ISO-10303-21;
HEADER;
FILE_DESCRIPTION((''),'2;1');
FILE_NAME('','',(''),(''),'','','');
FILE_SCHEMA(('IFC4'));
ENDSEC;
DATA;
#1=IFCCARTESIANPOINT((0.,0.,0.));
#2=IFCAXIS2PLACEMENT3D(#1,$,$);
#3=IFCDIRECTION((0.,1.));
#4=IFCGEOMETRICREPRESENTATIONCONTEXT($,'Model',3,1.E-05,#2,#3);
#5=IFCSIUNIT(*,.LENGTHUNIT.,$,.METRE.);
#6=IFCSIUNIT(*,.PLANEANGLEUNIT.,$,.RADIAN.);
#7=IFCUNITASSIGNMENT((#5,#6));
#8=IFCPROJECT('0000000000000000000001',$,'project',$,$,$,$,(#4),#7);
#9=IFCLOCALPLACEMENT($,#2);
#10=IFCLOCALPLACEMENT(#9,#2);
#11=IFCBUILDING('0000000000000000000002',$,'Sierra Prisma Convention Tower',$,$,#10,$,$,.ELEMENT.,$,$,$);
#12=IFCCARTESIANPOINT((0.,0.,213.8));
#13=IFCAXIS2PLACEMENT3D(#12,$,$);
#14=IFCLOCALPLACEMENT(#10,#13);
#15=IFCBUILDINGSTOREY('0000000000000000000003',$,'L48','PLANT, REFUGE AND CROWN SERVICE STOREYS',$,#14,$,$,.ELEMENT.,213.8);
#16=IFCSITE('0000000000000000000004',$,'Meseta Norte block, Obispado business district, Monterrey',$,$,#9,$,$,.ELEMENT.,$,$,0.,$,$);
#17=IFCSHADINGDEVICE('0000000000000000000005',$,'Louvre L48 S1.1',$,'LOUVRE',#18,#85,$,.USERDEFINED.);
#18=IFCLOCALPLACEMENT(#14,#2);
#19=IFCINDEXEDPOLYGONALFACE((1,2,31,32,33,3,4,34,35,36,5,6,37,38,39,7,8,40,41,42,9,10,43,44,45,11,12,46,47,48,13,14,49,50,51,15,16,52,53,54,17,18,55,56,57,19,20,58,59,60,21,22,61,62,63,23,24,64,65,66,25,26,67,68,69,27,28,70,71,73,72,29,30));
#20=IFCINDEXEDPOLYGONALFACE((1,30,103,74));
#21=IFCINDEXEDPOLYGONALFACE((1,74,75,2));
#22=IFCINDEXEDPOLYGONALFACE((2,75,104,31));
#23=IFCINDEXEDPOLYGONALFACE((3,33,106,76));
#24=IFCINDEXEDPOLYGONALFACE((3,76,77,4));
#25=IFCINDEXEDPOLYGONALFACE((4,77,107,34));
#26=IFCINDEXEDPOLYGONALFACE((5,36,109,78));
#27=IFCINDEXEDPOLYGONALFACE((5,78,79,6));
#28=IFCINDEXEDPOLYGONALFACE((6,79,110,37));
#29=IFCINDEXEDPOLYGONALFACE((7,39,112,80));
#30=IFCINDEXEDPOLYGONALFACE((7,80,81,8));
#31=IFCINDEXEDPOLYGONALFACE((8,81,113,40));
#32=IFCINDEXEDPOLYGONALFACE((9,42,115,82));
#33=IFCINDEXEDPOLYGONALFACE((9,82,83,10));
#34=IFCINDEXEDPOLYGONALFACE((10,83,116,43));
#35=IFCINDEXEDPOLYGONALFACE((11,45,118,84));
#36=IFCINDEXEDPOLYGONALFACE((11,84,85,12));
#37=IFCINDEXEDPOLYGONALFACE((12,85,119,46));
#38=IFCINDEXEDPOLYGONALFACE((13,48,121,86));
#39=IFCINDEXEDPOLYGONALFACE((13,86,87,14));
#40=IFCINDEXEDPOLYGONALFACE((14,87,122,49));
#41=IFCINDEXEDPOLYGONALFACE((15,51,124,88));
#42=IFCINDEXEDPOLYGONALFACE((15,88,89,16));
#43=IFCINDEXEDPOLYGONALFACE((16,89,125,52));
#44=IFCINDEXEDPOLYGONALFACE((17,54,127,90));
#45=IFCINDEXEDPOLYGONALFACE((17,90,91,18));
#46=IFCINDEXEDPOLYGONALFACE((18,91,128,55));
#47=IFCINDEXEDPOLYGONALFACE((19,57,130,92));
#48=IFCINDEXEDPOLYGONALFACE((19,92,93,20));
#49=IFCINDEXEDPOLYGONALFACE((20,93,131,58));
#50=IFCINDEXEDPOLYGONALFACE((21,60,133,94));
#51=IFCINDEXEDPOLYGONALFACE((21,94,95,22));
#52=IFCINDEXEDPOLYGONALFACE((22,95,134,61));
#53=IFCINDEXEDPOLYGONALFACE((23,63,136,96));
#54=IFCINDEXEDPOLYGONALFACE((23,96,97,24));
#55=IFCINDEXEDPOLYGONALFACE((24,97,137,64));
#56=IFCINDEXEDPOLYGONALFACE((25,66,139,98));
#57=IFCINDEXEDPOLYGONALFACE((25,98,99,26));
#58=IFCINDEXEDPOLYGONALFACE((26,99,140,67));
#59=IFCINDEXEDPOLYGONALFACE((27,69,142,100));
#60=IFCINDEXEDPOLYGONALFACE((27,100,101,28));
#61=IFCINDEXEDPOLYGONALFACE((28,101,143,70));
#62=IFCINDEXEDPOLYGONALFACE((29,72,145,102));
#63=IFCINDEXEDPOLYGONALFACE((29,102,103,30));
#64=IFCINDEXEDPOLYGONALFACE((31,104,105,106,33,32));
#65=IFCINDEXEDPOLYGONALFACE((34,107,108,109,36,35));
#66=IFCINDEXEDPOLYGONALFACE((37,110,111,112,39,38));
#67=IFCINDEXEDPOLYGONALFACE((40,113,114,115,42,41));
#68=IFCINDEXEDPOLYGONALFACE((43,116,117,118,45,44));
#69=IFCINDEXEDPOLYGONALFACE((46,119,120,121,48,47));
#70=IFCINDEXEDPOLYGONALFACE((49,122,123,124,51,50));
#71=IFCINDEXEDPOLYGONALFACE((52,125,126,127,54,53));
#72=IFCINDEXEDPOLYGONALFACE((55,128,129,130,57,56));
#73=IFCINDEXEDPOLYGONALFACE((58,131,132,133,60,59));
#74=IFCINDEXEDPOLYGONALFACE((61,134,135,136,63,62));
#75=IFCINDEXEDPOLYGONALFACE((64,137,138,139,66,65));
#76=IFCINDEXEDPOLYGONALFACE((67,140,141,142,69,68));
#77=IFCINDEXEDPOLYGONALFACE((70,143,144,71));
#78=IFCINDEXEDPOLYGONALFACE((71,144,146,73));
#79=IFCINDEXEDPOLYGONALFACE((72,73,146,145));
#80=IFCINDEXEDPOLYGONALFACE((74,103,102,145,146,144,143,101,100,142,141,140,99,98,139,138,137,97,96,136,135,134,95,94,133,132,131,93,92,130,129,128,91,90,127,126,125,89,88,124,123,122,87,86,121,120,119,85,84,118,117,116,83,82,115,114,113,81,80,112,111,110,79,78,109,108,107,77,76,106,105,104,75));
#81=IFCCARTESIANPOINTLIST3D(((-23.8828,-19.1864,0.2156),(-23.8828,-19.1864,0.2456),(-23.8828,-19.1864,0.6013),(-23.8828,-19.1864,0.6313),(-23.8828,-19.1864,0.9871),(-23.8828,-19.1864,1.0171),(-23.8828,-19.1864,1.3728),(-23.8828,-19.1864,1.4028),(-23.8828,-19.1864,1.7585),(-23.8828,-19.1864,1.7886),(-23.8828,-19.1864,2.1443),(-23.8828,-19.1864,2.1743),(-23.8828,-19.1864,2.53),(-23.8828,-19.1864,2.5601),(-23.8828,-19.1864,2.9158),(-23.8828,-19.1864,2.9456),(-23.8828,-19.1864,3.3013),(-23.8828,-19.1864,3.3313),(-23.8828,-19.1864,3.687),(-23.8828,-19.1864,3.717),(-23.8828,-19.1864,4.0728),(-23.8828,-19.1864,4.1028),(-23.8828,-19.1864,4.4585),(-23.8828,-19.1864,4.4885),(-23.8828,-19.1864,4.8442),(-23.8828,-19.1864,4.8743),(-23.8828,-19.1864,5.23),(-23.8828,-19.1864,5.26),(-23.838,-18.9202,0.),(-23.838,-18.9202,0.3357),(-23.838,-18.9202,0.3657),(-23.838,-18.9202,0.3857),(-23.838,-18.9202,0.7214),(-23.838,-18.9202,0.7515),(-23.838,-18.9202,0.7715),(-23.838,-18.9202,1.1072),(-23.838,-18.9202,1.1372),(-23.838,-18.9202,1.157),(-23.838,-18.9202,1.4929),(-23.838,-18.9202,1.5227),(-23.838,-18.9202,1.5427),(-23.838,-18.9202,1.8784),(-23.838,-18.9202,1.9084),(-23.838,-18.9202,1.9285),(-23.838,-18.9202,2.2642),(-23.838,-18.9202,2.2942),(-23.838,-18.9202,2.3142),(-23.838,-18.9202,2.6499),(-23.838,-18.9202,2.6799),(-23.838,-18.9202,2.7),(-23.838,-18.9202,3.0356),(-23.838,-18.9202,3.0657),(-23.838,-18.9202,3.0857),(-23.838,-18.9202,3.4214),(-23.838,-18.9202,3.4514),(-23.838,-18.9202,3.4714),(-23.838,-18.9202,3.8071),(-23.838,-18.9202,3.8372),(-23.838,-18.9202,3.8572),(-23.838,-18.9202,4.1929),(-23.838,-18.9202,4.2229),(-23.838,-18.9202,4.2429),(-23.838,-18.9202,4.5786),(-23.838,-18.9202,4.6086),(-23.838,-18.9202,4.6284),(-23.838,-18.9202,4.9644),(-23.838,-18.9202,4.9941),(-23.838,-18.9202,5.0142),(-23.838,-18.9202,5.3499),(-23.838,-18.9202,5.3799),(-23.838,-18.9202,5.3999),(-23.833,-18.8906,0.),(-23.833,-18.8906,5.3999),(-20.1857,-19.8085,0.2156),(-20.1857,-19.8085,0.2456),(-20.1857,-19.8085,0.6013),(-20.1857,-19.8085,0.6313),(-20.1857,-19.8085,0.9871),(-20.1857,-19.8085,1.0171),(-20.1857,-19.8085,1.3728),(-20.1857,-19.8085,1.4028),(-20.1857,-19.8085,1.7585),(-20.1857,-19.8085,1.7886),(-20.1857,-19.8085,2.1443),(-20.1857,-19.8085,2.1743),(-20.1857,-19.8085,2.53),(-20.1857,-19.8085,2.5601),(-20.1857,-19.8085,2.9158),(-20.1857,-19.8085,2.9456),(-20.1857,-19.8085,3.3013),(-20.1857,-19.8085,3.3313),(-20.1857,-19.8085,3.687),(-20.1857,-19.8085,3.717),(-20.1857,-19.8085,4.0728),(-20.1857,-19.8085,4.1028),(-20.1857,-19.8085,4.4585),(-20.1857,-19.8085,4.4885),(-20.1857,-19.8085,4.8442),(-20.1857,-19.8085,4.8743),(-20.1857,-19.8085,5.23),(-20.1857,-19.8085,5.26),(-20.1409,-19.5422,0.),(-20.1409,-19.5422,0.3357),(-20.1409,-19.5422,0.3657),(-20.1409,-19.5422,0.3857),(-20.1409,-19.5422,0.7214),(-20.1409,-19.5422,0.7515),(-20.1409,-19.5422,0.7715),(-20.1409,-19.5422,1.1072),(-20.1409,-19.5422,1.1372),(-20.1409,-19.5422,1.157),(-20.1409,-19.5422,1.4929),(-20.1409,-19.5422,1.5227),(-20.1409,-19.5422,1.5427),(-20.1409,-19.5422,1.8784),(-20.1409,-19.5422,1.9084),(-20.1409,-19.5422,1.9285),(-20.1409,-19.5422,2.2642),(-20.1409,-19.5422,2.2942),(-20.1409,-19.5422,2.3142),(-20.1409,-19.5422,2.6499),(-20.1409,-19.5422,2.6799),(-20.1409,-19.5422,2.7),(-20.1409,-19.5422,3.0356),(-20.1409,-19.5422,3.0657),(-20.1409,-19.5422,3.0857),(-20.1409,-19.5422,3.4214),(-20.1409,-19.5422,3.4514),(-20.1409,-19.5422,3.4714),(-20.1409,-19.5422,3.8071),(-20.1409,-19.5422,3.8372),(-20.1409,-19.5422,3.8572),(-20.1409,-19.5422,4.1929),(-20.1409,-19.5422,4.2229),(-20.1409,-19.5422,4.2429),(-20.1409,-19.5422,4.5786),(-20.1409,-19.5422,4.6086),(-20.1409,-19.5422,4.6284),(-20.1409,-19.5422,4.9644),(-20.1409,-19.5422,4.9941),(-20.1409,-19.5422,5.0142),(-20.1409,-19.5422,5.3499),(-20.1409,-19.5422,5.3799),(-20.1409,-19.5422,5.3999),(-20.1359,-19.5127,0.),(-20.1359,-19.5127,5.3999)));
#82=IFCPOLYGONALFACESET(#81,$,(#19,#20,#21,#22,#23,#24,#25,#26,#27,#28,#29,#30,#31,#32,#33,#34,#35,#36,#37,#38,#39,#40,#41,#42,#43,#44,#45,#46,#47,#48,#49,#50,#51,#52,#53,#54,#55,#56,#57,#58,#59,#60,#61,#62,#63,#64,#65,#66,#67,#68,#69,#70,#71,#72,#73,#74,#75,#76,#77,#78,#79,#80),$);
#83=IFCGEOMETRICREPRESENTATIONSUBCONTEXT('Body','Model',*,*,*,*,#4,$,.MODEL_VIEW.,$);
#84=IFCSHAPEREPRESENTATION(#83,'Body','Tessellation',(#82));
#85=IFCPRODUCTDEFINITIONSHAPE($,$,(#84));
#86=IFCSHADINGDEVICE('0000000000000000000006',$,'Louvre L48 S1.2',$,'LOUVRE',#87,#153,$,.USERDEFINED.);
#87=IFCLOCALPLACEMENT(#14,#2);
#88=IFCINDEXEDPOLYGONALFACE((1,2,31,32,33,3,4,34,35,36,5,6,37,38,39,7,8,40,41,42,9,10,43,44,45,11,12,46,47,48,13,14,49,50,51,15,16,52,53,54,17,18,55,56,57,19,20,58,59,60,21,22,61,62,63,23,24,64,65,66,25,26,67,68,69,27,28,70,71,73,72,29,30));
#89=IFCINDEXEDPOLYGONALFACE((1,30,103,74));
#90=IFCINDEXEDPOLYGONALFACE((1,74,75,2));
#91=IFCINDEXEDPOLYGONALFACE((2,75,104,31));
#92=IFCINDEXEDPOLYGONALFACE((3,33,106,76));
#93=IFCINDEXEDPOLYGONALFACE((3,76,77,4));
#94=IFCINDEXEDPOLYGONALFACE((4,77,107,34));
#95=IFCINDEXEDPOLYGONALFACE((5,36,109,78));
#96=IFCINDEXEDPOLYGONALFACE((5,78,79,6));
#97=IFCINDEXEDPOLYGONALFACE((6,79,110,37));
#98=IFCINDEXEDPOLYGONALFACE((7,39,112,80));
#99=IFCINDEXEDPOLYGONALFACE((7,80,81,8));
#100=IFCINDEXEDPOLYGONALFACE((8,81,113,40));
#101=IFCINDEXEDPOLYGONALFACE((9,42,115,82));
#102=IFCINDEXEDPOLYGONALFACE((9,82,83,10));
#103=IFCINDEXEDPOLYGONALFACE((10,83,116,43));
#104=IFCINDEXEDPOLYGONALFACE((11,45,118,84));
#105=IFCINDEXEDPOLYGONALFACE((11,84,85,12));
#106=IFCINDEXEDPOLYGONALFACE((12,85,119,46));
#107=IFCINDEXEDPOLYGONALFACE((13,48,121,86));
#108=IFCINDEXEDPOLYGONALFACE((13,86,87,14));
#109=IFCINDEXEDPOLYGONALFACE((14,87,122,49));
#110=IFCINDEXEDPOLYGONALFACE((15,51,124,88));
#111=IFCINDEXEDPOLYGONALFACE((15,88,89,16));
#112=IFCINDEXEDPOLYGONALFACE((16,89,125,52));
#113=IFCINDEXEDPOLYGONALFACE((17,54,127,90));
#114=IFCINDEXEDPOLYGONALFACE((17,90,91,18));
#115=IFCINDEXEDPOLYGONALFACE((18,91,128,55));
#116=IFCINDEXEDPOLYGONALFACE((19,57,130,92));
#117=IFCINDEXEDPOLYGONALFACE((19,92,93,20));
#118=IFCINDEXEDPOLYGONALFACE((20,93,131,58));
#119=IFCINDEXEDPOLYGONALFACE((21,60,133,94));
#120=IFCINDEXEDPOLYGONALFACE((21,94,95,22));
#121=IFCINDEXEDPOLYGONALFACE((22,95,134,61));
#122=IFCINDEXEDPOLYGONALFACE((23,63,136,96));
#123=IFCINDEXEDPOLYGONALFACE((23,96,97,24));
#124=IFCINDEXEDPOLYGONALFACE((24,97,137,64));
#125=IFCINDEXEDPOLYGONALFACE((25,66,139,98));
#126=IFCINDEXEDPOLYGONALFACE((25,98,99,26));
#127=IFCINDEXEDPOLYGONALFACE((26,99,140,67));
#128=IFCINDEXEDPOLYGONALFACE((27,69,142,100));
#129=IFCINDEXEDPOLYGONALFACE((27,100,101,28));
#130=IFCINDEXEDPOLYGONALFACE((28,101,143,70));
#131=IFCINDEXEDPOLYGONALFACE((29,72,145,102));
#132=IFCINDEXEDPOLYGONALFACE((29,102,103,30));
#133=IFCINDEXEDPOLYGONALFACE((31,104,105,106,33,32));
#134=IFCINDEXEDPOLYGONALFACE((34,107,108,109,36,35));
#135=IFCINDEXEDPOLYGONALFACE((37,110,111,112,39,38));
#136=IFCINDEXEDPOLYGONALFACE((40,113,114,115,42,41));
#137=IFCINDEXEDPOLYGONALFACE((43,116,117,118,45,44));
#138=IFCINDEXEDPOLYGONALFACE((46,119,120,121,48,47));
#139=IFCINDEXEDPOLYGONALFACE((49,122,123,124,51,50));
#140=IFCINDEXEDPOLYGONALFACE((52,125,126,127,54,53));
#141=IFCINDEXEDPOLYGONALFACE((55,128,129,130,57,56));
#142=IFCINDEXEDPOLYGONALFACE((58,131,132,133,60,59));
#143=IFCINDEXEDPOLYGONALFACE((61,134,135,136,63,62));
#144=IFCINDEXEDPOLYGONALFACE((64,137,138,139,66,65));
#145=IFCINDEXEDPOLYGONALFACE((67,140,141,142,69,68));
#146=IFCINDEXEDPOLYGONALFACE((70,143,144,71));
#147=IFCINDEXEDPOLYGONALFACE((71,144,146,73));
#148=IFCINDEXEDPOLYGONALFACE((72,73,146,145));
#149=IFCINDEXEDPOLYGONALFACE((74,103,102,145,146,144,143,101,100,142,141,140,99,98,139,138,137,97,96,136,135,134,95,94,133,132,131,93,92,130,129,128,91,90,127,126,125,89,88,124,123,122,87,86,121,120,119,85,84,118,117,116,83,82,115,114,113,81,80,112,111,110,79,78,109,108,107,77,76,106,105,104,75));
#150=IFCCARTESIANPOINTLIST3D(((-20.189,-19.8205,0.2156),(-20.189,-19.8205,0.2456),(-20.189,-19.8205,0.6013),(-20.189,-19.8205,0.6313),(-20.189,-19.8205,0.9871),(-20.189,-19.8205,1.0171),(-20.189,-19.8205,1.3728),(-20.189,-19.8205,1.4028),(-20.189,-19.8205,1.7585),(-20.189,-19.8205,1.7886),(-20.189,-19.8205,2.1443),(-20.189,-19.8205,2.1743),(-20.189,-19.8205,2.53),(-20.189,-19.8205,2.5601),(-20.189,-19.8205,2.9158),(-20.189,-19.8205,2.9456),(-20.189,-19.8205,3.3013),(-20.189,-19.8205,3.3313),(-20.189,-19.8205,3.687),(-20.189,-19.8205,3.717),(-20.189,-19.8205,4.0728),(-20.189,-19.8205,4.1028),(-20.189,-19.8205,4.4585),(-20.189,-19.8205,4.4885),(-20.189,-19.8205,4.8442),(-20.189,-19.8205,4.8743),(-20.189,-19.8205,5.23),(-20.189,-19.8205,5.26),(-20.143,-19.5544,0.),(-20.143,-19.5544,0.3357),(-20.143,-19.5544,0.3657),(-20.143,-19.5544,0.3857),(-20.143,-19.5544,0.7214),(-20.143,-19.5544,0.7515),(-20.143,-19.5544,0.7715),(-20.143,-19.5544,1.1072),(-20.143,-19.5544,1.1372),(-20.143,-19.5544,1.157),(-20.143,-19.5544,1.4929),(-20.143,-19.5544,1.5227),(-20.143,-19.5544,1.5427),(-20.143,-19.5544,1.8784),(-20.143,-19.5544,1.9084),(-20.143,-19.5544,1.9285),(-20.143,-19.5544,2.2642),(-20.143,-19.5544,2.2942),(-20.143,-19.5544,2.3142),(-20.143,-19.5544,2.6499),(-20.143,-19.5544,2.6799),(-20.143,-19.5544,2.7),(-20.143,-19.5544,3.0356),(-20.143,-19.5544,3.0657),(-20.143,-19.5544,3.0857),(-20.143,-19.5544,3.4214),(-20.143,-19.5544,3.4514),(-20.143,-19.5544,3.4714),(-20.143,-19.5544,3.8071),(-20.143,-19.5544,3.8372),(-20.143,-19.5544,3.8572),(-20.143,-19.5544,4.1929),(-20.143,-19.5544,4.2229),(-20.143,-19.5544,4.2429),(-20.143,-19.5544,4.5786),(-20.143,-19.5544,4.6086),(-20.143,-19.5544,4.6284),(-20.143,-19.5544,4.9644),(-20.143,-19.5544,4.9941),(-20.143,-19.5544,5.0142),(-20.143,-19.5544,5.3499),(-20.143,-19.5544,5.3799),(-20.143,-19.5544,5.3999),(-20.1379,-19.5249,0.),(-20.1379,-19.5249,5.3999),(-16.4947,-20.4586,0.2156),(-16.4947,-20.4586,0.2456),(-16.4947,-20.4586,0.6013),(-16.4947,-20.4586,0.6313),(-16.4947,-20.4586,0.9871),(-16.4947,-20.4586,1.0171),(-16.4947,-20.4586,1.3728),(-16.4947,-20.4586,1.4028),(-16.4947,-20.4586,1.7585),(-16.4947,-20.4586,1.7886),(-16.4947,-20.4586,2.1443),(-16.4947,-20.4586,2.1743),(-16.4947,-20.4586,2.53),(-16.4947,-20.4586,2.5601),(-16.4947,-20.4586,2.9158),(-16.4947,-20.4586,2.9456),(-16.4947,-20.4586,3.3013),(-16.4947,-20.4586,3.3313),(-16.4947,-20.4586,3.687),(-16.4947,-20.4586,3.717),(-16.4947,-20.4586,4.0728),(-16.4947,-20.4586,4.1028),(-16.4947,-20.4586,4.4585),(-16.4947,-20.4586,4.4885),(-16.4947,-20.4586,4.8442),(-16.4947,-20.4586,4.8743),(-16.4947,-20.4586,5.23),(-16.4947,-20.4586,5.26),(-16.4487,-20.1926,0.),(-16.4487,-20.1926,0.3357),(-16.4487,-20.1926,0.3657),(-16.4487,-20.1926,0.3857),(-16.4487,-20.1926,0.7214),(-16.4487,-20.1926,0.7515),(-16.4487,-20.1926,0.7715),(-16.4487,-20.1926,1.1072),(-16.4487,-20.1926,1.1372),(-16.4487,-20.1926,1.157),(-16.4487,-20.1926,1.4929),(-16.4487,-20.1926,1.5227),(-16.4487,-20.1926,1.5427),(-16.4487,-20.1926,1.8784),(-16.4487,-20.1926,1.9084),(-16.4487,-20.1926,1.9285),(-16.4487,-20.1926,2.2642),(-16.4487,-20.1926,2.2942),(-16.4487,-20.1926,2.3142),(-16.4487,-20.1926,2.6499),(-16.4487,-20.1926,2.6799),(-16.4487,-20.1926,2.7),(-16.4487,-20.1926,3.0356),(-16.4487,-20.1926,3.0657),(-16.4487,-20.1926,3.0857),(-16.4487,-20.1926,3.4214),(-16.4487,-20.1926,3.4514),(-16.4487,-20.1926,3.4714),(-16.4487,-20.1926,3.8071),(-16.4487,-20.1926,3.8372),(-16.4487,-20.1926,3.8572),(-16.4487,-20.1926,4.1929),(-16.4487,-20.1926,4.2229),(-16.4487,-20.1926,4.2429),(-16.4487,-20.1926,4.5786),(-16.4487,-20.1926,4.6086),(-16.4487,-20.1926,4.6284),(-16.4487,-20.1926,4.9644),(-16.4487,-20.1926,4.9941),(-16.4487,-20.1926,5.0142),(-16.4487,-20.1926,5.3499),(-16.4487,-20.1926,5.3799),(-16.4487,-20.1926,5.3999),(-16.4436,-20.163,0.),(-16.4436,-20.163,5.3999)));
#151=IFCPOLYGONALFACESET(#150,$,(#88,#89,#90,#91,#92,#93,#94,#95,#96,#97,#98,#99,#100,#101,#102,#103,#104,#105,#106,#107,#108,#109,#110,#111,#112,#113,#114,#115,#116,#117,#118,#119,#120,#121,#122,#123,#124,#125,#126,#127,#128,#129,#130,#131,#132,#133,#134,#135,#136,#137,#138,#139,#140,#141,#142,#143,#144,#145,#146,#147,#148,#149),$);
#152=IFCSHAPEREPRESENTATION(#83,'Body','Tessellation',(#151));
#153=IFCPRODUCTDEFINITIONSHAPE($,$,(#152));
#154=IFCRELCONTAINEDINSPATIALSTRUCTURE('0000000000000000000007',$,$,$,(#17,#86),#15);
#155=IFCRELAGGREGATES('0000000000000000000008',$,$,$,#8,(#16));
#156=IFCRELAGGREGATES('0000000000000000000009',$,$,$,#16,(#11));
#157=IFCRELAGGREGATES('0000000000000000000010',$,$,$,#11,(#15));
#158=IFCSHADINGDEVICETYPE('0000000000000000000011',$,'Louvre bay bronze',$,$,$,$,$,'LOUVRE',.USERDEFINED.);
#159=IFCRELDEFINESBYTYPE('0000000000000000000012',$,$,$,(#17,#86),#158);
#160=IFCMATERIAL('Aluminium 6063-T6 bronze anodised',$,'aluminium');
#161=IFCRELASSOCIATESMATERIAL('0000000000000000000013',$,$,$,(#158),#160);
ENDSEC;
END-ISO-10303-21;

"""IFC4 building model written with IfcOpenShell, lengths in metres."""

from ifc_helpers import new_model, si_unit, direction, frame, origin, place, context, subcontext, project, spatial, polyline, outline, extrude, material, type_object, element, save


model = new_model("IFC4")

# Units and contexts
model_context = context("Model", 3, precision=1e-05, world=origin(), true_north=direction((0.0, 1.0)))
body_context = subcontext(model_context, "Body", "Model", "MODEL_VIEW")
ifc_project = project(units=[si_unit("LENGTHUNIT", "METRE"), si_unit("PLANEANGLEUNIT", "RADIAN")], contexts=[model_context])

# Site, building, storey
site_placement = place(None, origin())
site = spatial("IfcSite", under=ifc_project, at=site_placement, Name="Meseta Norte block, Obispado business district, Monterrey", CompositionType="ELEMENT", RefElevation=0.0)
building_placement = place(site_placement, origin())
building = spatial("IfcBuilding", under=site, at=building_placement, Name="Sierra Prisma Convention Tower", CompositionType="ELEMENT")
storey_placement = place(building_placement, frame((0.0, 0.0, 213.8)))
storey = spatial("IfcBuildingStorey", under=building, at=storey_placement, Name="L48", Description="PLANT, REFUGE AND CROWN SERVICE STOREYS", CompositionType="ELEMENT", Elevation=213.8)

# Shading devices
ifc_material_1 = material(Name="Aluminium 6063-T6 bronze anodised", Category="aluminium")
shading_device_type = type_object("IfcShadingDeviceType", Name="Louvre bay bronze", ElementType="LOUVRE", PredefinedType="USERDEFINED", material=ifc_material_1)
shading_device_1_placement = place(storey_placement, frame((-23.833, -18.8906, 0.0), z_axis=(-0.986139, 0.165919, 0.0), x_axis=(0.0, 0.0, 1.0)))
element("IfcShadingDevice", 1, at=shading_device_1_placement, inside=storey, type_object=shading_device_type, Name="Louvre L48 S1.1", ObjectType="LOUVRE", PredefinedType="USERDEFINED", context=body_context, shape_type="SweptSolid", body=[
    extrude(outline(polyline([(0.0, 0.0), (5.3999, 0.0), (5.3999, -0.0299), (5.3799, -0.0299), (5.26, -0.3), (5.23, -0.3), (5.3499, -0.0299), (5.0142, -0.0299), (4.9941, -0.0299), (4.8743, -0.3), (4.8442, -0.3), (4.9644, -0.0299), (4.6284, -0.0299), (4.6086, -0.0299), (4.4885, -0.3), (4.4585, -0.3), (4.5786, -0.0299), (4.2429, -0.0299), (4.2229, -0.0299), (4.1028, -0.3), (4.0728, -0.3), (4.1929, -0.0299), (3.8572, -0.0299), (3.8372, -0.0299), (3.717, -0.3), (3.687, -0.3), (3.8071, -0.0299), (3.4714, -0.0299), (3.4514, -0.0299), (3.3313, -0.3), (3.3013, -0.3), (3.4214, -0.0299), (3.0857, -0.0299), (3.0657, -0.0299), (2.9456, -0.3), (2.9158, -0.3), (3.0356, -0.0299), (2.7, -0.0299), (2.6799, -0.0299), (2.5601, -0.3), (2.53, -0.3), (2.6499, -0.0299), (2.3142, -0.0299), (2.2942, -0.0299), (2.1743, -0.3), (2.1443, -0.3), (2.2642, -0.0299), (1.9285, -0.0299), (1.9084, -0.0299), (1.7886, -0.3), (1.7585, -0.3), (1.8784, -0.0299), (1.5427, -0.0299), (1.5227, -0.0299), (1.4028, -0.3), (1.3728, -0.3), (1.4929, -0.0299), (1.157, -0.0299), (1.1372, -0.0299), (1.0171, -0.3), (0.9871, -0.3), (1.1072, -0.0299), (0.7715, -0.0299), (0.7515, -0.0299), (0.6313, -0.3), (0.6013, -0.3), (0.7214, -0.0299), (0.3857, -0.0299), (0.3657, -0.0299), (0.2456, -0.3), (0.2156, -0.3), (0.3357, -0.0299), (0.0, -0.0299), (0.0, 0.0)])), origin(), (0.0, 0.0, -1.0), 3.749),
])
shading_device_2_placement = place(storey_placement, frame((-20.1379, -19.5249, 0.0), z_axis=(-0.985408, 0.170212, 0.0), x_axis=(0.0, 0.0, 1.0)))
element("IfcShadingDevice", 2, at=shading_device_2_placement, inside=storey, type_object=shading_device_type, Name="Louvre L48 S1.2", ObjectType="LOUVRE", PredefinedType="USERDEFINED", context=body_context, shape_type="SweptSolid", body=[
    extrude(outline(polyline([(0.0, 0.0), (5.3999, 0.0), (5.3999, -0.03), (5.3799, -0.03), (5.26, -0.3), (5.23, -0.3), (5.3499, -0.03), (5.0142, -0.03), (4.9941, -0.03), (4.8743, -0.3), (4.8442, -0.3), (4.9644, -0.03), (4.6284, -0.03), (4.6086, -0.03), (4.4885, -0.3), (4.4585, -0.3), (4.5786, -0.03), (4.2429, -0.03), (4.2229, -0.03), (4.1028, -0.3), (4.0728, -0.3), (4.1929, -0.03), (3.8572, -0.03), (3.8372, -0.03), (3.717, -0.3), (3.687, -0.3), (3.8071, -0.03), (3.4714, -0.03), (3.4514, -0.03), (3.3313, -0.3), (3.3013, -0.3), (3.4214, -0.03), (3.0857, -0.03), (3.0657, -0.03), (2.9456, -0.3), (2.9158, -0.3), (3.0356, -0.03), (2.7, -0.03), (2.6799, -0.03), (2.5601, -0.3), (2.53, -0.3), (2.6499, -0.03), (2.3142, -0.03), (2.2942, -0.03), (2.1743, -0.3), (2.1443, -0.3), (2.2642, -0.03), (1.9285, -0.03), (1.9084, -0.03), (1.7886, -0.3), (1.7585, -0.3), (1.8784, -0.03), (1.5427, -0.03), (1.5227, -0.03), (1.4028, -0.3), (1.3728, -0.3), (1.4929, -0.03), (1.157, -0.03), (1.1372, -0.03), (1.0171, -0.3), (0.9871, -0.3), (1.1072, -0.03), (0.7715, -0.03), (0.7515, -0.03), (0.6313, -0.3), (0.6013, -0.3), (0.7214, -0.03), (0.3857, -0.03), (0.3657, -0.03), (0.2456, -0.3), (0.2156, -0.3), (0.3357, -0.03), (0.0, -0.03), (0.0, 0.0)])), origin(), (0.0, 0.0, -1.0), 3.749),
])

save(model, "model.ifc")
